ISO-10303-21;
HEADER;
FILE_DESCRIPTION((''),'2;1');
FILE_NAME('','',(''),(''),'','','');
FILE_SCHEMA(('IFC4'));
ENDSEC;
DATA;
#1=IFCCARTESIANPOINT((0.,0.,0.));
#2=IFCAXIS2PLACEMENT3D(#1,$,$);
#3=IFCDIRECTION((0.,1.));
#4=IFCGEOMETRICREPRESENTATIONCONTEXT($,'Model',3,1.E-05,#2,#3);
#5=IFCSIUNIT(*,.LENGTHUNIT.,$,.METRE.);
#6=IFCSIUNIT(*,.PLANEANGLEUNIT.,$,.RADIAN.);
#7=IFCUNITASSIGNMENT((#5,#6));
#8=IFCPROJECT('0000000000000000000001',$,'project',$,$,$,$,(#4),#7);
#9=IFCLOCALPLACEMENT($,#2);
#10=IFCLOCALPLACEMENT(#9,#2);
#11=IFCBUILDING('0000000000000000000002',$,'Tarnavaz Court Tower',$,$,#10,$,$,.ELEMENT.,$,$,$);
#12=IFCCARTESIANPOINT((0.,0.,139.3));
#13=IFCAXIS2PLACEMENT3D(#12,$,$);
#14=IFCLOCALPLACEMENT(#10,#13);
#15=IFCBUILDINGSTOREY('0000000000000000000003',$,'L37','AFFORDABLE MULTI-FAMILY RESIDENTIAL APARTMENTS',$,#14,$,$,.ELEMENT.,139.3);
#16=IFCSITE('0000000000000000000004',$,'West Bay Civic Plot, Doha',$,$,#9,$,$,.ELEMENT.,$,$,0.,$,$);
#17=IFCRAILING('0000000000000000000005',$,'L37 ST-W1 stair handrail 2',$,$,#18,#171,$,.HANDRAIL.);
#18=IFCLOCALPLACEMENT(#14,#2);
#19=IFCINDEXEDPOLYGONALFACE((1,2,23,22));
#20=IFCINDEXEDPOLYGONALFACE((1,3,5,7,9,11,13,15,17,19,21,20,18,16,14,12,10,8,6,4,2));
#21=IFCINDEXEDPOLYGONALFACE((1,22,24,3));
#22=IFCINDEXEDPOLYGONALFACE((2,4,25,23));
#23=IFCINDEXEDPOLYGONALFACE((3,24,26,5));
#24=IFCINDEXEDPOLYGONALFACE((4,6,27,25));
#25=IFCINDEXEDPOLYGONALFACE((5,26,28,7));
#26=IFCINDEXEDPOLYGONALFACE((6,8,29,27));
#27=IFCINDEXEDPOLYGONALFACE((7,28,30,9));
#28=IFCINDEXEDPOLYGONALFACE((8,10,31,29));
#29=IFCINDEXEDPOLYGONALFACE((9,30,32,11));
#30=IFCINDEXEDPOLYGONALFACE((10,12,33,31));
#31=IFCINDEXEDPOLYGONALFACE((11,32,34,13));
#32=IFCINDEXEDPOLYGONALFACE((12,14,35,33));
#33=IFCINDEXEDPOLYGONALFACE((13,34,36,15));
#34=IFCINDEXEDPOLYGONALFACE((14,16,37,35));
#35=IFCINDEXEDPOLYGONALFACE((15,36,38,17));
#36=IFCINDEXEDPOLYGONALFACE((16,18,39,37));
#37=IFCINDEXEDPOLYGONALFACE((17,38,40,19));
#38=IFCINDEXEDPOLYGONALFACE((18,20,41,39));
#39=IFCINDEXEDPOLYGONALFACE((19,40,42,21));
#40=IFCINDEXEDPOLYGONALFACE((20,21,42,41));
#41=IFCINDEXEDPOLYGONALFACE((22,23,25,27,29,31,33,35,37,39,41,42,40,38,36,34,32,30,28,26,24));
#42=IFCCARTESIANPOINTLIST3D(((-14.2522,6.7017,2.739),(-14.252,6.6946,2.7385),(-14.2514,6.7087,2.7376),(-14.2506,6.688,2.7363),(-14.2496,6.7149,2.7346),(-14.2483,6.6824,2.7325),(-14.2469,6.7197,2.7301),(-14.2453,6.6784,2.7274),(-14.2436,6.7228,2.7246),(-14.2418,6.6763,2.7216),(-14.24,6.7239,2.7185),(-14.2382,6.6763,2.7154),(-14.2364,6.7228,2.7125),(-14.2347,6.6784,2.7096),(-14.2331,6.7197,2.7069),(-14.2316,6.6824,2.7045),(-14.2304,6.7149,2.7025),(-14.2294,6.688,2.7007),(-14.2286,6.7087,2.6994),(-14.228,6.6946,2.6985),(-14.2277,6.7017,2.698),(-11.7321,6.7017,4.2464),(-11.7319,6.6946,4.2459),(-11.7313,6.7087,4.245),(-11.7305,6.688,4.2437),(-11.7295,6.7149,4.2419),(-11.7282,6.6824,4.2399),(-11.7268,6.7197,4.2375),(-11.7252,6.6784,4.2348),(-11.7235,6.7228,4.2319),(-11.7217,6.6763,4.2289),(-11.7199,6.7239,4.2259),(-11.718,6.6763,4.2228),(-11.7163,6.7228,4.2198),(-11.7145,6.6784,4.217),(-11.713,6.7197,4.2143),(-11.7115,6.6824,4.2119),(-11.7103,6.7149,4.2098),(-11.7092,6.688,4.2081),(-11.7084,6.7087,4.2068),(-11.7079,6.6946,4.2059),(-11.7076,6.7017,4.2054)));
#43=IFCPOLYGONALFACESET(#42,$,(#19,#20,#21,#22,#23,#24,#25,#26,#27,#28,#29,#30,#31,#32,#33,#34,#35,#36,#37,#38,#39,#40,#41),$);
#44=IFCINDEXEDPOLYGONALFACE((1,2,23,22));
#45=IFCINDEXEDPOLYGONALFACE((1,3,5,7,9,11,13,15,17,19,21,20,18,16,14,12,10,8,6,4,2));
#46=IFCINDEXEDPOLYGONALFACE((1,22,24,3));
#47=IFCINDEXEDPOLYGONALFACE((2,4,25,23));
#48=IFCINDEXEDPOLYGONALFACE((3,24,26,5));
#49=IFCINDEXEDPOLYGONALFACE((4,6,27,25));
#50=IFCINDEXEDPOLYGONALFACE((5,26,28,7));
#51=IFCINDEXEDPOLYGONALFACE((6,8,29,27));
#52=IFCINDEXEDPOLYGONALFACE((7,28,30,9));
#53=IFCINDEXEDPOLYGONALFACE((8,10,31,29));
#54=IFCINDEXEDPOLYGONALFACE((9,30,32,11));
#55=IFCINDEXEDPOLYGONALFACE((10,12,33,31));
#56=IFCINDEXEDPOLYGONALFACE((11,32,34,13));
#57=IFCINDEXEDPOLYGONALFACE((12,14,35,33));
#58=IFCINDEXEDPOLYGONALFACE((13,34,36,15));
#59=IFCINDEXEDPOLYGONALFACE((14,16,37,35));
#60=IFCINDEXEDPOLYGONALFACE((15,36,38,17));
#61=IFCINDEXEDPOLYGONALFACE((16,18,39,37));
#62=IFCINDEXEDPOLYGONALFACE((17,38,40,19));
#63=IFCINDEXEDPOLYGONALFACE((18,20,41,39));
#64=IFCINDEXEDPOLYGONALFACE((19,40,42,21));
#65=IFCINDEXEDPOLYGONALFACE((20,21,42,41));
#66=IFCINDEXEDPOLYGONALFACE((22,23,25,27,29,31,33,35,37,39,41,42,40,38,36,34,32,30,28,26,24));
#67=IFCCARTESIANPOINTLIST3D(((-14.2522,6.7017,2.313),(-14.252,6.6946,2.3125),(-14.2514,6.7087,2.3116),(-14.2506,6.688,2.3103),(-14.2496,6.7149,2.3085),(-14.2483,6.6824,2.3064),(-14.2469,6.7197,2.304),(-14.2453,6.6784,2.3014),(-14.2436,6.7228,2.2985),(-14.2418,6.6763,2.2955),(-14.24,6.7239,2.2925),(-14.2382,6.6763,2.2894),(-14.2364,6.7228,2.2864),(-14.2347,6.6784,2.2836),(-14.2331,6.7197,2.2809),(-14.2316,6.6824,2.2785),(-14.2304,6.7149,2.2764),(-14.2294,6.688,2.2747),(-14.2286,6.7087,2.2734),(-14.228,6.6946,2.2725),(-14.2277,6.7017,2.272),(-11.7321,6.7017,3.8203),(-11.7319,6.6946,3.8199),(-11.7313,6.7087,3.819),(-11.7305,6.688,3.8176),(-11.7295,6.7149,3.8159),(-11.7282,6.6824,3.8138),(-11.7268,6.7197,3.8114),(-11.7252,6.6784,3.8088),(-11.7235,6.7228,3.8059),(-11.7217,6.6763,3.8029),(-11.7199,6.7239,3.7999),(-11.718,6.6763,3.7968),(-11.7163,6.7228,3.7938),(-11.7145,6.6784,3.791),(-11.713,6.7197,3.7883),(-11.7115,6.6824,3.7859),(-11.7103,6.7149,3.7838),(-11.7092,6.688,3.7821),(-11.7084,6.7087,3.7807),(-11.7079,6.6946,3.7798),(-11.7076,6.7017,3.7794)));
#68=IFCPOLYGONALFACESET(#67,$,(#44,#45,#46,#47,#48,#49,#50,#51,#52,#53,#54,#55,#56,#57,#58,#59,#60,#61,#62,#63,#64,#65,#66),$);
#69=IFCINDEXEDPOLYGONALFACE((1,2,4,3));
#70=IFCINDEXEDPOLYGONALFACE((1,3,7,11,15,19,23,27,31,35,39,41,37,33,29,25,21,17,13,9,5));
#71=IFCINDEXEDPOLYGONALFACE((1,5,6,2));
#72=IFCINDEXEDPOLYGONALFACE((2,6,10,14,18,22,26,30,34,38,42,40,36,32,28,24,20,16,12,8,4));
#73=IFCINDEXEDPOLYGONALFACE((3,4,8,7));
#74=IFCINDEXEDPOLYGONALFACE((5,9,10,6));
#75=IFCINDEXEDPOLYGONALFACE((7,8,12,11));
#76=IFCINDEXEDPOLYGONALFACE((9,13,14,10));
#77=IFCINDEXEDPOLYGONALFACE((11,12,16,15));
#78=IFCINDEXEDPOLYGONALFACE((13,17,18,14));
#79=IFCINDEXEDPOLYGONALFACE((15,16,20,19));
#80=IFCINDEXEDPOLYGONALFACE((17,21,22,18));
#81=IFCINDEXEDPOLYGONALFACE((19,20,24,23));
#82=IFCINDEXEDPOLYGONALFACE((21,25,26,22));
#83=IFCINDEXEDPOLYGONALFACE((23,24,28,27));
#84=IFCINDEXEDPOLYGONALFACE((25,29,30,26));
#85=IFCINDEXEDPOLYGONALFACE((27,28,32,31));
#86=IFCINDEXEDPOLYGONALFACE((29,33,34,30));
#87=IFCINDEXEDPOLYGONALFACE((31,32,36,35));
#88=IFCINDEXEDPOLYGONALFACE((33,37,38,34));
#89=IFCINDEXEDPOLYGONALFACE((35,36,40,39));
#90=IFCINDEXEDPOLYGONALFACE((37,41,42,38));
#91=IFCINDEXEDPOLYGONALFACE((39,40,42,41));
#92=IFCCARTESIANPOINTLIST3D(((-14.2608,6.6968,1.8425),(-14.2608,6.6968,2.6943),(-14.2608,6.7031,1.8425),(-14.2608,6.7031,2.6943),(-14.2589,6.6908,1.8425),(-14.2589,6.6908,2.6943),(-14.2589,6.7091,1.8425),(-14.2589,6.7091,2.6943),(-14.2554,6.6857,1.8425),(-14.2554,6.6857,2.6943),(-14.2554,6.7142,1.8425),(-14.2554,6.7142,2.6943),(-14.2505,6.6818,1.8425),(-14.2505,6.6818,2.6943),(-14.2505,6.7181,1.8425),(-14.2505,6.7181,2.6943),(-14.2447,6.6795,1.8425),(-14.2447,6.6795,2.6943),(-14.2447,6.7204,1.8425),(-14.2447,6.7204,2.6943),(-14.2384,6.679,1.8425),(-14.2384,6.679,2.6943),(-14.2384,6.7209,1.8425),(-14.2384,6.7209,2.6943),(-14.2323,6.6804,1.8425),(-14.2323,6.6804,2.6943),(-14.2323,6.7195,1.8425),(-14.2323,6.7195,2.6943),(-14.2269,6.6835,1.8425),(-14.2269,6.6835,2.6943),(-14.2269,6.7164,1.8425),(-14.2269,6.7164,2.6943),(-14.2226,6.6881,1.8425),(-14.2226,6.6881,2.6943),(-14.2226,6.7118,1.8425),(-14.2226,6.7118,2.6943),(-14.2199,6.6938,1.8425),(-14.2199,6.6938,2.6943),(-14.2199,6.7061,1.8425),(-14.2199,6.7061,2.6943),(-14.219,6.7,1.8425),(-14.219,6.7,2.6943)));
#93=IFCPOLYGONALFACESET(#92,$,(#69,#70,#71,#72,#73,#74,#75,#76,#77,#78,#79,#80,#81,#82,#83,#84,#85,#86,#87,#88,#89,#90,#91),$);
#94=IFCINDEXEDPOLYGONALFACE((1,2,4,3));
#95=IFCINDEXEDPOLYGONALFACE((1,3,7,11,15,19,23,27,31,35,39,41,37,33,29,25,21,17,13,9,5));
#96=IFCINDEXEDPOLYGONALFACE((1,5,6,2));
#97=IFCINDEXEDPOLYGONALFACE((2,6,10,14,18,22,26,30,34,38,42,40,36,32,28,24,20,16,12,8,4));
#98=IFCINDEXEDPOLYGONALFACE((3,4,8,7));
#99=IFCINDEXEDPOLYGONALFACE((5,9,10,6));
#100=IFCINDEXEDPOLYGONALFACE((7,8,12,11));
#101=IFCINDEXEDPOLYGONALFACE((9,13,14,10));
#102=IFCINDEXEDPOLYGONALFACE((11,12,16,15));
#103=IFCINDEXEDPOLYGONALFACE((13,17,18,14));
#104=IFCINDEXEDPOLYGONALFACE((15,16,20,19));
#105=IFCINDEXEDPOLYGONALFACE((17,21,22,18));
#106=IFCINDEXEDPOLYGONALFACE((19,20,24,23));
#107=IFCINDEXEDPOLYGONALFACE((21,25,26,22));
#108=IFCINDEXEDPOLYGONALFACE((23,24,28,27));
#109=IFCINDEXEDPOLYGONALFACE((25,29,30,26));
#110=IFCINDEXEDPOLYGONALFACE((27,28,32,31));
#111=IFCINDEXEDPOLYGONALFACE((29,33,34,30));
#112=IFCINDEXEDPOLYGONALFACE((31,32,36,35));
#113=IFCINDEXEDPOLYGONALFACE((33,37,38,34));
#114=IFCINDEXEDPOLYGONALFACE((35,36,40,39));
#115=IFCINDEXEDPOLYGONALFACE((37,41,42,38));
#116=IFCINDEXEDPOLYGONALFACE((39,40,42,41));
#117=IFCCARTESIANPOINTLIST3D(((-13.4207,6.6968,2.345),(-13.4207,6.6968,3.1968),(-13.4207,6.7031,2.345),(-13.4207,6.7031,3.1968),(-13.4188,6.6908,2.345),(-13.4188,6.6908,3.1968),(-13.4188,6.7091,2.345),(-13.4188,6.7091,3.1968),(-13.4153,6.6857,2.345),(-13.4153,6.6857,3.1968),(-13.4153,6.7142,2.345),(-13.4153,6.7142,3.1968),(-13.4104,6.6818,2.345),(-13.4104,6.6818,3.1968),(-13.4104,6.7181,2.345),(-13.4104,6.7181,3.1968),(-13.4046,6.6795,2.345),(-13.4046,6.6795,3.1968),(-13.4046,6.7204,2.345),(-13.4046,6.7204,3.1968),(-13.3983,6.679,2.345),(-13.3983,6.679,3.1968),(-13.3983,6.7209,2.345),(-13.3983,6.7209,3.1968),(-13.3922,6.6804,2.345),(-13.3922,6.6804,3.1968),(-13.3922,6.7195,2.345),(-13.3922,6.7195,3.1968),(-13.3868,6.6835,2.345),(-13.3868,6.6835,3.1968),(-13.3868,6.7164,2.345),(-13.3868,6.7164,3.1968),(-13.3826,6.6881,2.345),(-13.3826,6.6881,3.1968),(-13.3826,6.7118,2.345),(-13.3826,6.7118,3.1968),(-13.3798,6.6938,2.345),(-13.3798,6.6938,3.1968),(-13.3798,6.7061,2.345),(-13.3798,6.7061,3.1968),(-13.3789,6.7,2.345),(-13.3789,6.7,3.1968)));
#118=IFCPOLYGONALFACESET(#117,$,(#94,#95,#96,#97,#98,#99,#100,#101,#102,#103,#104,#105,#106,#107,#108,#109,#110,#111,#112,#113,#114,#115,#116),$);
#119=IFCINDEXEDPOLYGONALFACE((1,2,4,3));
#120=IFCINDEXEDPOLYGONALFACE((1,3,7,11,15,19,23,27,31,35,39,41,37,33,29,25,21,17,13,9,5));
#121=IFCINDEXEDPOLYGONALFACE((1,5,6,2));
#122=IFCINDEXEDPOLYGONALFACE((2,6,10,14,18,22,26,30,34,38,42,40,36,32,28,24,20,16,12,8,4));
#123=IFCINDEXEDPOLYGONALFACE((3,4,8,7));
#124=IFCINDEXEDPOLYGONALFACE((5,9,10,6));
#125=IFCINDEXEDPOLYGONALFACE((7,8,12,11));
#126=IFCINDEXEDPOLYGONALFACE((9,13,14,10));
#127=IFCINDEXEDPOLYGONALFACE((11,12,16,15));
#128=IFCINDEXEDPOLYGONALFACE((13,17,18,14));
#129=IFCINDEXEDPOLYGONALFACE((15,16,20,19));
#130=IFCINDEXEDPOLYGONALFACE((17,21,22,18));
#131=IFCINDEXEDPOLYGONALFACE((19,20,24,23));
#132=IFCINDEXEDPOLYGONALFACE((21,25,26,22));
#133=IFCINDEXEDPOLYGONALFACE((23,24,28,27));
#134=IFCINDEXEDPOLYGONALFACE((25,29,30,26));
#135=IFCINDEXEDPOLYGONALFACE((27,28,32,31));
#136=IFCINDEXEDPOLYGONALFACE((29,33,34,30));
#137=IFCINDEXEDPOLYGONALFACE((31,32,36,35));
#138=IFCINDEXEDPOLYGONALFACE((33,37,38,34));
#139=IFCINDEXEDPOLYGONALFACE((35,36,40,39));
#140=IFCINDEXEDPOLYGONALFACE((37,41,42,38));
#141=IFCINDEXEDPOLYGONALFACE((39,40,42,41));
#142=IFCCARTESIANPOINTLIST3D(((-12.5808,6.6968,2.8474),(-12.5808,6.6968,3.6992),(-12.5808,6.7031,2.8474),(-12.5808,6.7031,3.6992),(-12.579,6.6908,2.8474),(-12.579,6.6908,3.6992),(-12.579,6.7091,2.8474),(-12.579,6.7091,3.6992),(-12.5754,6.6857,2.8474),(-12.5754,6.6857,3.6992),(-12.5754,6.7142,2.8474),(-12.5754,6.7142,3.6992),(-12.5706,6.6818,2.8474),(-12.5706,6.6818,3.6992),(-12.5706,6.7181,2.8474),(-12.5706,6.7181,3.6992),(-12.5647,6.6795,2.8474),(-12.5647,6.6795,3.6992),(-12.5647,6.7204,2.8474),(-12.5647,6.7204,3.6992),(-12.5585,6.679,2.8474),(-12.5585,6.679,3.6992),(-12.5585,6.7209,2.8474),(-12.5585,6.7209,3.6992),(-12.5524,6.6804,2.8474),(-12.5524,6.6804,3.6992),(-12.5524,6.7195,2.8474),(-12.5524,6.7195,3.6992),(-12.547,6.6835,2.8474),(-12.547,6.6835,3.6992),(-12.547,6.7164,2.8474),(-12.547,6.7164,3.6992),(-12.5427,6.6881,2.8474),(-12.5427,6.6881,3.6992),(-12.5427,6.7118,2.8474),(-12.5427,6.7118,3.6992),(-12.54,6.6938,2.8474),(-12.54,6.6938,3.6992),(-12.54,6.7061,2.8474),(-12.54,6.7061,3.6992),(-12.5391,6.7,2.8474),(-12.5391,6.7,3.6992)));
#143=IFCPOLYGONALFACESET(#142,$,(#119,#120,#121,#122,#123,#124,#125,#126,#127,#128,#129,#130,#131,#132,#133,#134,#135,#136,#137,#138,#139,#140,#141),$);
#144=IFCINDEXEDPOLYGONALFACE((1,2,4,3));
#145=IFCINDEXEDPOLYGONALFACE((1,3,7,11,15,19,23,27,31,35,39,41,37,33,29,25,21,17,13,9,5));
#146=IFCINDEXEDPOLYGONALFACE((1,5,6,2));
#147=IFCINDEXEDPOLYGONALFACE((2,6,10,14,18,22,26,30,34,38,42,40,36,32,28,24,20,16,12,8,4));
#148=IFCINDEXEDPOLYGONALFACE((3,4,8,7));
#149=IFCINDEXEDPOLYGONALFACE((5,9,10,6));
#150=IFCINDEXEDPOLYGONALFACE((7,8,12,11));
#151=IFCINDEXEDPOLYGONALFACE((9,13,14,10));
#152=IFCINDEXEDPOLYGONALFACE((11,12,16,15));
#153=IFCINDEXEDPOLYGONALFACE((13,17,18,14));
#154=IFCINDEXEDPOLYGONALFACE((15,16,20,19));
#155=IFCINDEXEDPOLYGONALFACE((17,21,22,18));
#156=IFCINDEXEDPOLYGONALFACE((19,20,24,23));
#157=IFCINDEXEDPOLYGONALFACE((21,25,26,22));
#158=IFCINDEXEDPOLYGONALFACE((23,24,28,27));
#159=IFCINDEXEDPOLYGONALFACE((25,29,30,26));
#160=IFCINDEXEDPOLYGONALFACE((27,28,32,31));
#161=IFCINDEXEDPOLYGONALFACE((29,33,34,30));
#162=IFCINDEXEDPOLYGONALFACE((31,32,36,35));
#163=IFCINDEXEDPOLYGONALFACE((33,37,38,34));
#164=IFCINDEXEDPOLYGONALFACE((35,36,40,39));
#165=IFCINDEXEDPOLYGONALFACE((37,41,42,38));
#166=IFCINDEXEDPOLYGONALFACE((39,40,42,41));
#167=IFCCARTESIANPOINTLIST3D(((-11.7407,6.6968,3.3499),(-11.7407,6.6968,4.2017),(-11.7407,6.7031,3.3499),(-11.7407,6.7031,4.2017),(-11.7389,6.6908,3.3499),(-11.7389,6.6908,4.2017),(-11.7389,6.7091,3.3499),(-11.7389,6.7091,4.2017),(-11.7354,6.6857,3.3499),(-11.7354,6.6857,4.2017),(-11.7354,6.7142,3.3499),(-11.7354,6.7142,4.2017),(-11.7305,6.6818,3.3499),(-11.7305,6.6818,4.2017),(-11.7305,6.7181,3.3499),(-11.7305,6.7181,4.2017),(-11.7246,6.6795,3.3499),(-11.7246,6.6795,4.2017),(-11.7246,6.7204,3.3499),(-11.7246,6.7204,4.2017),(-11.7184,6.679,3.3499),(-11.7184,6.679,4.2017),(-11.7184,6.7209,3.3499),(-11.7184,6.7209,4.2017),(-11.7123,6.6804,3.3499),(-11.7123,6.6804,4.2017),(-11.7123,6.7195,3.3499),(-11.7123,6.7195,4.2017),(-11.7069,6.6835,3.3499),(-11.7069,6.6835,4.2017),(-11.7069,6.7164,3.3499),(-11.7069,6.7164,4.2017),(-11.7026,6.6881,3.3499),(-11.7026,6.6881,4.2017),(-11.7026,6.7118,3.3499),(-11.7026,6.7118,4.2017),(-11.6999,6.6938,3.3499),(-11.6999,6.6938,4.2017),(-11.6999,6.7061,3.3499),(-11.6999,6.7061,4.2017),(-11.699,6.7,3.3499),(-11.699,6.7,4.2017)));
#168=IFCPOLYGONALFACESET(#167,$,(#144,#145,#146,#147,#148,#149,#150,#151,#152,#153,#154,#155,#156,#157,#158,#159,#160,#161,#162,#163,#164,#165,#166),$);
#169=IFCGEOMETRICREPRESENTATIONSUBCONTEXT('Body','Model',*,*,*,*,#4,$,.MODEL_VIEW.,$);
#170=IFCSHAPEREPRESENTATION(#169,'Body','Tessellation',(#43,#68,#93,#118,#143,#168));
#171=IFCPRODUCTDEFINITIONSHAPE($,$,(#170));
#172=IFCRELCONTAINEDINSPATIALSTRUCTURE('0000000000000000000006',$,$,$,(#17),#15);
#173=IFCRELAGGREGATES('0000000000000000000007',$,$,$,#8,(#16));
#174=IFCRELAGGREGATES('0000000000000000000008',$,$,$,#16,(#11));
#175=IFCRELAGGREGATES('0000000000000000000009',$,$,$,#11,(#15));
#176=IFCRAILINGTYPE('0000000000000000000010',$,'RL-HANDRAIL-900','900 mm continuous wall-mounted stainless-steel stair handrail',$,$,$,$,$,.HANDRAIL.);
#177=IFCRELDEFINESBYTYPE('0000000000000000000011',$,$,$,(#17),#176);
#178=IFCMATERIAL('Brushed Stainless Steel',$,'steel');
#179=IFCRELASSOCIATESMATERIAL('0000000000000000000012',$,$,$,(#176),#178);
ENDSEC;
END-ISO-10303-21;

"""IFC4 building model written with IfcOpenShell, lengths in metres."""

from ifc_helpers import new_model, si_unit, direction, frame, origin, origin_2d, place, context, subcontext, project, spatial, circle, extrude, material, type_object, element, save


model = new_model("IFC4")

# Units and contexts
model_context = context("Model", 3, precision=1e-05, world=origin(), true_north=direction((0.0, 1.0)))
body_context = subcontext(model_context, "Body", "Model", "MODEL_VIEW")
ifc_project = project(units=[si_unit("LENGTHUNIT", "METRE"), si_unit("PLANEANGLEUNIT", "RADIAN")], contexts=[model_context])

# Site, building, storey
site_placement = place(None, origin())
site = spatial("IfcSite", under=ifc_project, at=site_placement, Name="West Bay Civic Plot, Doha", CompositionType="ELEMENT", RefElevation=0.0)
building_placement = place(site_placement, origin())
building = spatial("IfcBuilding", under=site, at=building_placement, Name="Tarnavaz Court Tower", CompositionType="ELEMENT")
storey_placement = place(building_placement, frame((0.0, 0.0, 139.3)))
storey = spatial("IfcBuildingStorey", under=building, at=storey_placement, Name="L37", Description="AFFORDABLE MULTI-FAMILY RESIDENTIAL APARTMENTS", CompositionType="ELEMENT", Elevation=139.3)

# Railing
ifc_material_1 = material(Name="Brushed Stainless Steel", Category="steel")
railing_type_1 = type_object("IfcRailingType", Name="RL-HANDRAIL-900", Description="900 mm continuous wall-mounted stainless-steel stair handrail", PredefinedType="HANDRAIL", material=ifc_material_1)
railing_1_placement = place(storey_placement, frame((-14.24, 6.7, 1.8425)))
element("IfcRailing", 1, at=railing_1_placement, inside=storey, type_object=railing_type_1, Name="L37 ST-W1 stair handrail 2", PredefinedType="HANDRAIL", context=body_context, shape_type="SweptSolid", body=[
    extrude(circle(Radius=0.0239, at=origin_2d()), frame((0.0, 0.0, 0.876), z_axis=(0.858196, 0.0, 0.513321), x_axis=(0.0, 1.0, 0.0)), (0.0, 0.0, 1.0), 2.9365),
    extrude(circle(Radius=0.0239, at=origin_2d()), frame((0.0, 0.0, 0.45), z_axis=(0.858196, 0.0, 0.513321), x_axis=(0.0, 1.0, 0.0)), (0.0, 0.0, 1.0), 2.9365),
    extrude(circle(Radius=0.021, at=origin_2d()), origin(), (0.0, 0.0, 1.0), 0.8518),
    extrude(circle(Radius=0.021, at=origin_2d()), frame((0.8401, 0.0, 0.5024)), (0.0, 0.0, 1.0), 0.8518),
    extrude(circle(Radius=0.021, at=origin_2d()), frame((1.6799, 0.0, 1.0049)), (0.0, 0.0, 1.0), 0.8518),
    extrude(circle(Radius=0.021, at=origin_2d()), frame((2.52, 0.0, 1.5073)), (0.0, 0.0, 1.0), 0.8518),
])

save(model, "model.ifc")
